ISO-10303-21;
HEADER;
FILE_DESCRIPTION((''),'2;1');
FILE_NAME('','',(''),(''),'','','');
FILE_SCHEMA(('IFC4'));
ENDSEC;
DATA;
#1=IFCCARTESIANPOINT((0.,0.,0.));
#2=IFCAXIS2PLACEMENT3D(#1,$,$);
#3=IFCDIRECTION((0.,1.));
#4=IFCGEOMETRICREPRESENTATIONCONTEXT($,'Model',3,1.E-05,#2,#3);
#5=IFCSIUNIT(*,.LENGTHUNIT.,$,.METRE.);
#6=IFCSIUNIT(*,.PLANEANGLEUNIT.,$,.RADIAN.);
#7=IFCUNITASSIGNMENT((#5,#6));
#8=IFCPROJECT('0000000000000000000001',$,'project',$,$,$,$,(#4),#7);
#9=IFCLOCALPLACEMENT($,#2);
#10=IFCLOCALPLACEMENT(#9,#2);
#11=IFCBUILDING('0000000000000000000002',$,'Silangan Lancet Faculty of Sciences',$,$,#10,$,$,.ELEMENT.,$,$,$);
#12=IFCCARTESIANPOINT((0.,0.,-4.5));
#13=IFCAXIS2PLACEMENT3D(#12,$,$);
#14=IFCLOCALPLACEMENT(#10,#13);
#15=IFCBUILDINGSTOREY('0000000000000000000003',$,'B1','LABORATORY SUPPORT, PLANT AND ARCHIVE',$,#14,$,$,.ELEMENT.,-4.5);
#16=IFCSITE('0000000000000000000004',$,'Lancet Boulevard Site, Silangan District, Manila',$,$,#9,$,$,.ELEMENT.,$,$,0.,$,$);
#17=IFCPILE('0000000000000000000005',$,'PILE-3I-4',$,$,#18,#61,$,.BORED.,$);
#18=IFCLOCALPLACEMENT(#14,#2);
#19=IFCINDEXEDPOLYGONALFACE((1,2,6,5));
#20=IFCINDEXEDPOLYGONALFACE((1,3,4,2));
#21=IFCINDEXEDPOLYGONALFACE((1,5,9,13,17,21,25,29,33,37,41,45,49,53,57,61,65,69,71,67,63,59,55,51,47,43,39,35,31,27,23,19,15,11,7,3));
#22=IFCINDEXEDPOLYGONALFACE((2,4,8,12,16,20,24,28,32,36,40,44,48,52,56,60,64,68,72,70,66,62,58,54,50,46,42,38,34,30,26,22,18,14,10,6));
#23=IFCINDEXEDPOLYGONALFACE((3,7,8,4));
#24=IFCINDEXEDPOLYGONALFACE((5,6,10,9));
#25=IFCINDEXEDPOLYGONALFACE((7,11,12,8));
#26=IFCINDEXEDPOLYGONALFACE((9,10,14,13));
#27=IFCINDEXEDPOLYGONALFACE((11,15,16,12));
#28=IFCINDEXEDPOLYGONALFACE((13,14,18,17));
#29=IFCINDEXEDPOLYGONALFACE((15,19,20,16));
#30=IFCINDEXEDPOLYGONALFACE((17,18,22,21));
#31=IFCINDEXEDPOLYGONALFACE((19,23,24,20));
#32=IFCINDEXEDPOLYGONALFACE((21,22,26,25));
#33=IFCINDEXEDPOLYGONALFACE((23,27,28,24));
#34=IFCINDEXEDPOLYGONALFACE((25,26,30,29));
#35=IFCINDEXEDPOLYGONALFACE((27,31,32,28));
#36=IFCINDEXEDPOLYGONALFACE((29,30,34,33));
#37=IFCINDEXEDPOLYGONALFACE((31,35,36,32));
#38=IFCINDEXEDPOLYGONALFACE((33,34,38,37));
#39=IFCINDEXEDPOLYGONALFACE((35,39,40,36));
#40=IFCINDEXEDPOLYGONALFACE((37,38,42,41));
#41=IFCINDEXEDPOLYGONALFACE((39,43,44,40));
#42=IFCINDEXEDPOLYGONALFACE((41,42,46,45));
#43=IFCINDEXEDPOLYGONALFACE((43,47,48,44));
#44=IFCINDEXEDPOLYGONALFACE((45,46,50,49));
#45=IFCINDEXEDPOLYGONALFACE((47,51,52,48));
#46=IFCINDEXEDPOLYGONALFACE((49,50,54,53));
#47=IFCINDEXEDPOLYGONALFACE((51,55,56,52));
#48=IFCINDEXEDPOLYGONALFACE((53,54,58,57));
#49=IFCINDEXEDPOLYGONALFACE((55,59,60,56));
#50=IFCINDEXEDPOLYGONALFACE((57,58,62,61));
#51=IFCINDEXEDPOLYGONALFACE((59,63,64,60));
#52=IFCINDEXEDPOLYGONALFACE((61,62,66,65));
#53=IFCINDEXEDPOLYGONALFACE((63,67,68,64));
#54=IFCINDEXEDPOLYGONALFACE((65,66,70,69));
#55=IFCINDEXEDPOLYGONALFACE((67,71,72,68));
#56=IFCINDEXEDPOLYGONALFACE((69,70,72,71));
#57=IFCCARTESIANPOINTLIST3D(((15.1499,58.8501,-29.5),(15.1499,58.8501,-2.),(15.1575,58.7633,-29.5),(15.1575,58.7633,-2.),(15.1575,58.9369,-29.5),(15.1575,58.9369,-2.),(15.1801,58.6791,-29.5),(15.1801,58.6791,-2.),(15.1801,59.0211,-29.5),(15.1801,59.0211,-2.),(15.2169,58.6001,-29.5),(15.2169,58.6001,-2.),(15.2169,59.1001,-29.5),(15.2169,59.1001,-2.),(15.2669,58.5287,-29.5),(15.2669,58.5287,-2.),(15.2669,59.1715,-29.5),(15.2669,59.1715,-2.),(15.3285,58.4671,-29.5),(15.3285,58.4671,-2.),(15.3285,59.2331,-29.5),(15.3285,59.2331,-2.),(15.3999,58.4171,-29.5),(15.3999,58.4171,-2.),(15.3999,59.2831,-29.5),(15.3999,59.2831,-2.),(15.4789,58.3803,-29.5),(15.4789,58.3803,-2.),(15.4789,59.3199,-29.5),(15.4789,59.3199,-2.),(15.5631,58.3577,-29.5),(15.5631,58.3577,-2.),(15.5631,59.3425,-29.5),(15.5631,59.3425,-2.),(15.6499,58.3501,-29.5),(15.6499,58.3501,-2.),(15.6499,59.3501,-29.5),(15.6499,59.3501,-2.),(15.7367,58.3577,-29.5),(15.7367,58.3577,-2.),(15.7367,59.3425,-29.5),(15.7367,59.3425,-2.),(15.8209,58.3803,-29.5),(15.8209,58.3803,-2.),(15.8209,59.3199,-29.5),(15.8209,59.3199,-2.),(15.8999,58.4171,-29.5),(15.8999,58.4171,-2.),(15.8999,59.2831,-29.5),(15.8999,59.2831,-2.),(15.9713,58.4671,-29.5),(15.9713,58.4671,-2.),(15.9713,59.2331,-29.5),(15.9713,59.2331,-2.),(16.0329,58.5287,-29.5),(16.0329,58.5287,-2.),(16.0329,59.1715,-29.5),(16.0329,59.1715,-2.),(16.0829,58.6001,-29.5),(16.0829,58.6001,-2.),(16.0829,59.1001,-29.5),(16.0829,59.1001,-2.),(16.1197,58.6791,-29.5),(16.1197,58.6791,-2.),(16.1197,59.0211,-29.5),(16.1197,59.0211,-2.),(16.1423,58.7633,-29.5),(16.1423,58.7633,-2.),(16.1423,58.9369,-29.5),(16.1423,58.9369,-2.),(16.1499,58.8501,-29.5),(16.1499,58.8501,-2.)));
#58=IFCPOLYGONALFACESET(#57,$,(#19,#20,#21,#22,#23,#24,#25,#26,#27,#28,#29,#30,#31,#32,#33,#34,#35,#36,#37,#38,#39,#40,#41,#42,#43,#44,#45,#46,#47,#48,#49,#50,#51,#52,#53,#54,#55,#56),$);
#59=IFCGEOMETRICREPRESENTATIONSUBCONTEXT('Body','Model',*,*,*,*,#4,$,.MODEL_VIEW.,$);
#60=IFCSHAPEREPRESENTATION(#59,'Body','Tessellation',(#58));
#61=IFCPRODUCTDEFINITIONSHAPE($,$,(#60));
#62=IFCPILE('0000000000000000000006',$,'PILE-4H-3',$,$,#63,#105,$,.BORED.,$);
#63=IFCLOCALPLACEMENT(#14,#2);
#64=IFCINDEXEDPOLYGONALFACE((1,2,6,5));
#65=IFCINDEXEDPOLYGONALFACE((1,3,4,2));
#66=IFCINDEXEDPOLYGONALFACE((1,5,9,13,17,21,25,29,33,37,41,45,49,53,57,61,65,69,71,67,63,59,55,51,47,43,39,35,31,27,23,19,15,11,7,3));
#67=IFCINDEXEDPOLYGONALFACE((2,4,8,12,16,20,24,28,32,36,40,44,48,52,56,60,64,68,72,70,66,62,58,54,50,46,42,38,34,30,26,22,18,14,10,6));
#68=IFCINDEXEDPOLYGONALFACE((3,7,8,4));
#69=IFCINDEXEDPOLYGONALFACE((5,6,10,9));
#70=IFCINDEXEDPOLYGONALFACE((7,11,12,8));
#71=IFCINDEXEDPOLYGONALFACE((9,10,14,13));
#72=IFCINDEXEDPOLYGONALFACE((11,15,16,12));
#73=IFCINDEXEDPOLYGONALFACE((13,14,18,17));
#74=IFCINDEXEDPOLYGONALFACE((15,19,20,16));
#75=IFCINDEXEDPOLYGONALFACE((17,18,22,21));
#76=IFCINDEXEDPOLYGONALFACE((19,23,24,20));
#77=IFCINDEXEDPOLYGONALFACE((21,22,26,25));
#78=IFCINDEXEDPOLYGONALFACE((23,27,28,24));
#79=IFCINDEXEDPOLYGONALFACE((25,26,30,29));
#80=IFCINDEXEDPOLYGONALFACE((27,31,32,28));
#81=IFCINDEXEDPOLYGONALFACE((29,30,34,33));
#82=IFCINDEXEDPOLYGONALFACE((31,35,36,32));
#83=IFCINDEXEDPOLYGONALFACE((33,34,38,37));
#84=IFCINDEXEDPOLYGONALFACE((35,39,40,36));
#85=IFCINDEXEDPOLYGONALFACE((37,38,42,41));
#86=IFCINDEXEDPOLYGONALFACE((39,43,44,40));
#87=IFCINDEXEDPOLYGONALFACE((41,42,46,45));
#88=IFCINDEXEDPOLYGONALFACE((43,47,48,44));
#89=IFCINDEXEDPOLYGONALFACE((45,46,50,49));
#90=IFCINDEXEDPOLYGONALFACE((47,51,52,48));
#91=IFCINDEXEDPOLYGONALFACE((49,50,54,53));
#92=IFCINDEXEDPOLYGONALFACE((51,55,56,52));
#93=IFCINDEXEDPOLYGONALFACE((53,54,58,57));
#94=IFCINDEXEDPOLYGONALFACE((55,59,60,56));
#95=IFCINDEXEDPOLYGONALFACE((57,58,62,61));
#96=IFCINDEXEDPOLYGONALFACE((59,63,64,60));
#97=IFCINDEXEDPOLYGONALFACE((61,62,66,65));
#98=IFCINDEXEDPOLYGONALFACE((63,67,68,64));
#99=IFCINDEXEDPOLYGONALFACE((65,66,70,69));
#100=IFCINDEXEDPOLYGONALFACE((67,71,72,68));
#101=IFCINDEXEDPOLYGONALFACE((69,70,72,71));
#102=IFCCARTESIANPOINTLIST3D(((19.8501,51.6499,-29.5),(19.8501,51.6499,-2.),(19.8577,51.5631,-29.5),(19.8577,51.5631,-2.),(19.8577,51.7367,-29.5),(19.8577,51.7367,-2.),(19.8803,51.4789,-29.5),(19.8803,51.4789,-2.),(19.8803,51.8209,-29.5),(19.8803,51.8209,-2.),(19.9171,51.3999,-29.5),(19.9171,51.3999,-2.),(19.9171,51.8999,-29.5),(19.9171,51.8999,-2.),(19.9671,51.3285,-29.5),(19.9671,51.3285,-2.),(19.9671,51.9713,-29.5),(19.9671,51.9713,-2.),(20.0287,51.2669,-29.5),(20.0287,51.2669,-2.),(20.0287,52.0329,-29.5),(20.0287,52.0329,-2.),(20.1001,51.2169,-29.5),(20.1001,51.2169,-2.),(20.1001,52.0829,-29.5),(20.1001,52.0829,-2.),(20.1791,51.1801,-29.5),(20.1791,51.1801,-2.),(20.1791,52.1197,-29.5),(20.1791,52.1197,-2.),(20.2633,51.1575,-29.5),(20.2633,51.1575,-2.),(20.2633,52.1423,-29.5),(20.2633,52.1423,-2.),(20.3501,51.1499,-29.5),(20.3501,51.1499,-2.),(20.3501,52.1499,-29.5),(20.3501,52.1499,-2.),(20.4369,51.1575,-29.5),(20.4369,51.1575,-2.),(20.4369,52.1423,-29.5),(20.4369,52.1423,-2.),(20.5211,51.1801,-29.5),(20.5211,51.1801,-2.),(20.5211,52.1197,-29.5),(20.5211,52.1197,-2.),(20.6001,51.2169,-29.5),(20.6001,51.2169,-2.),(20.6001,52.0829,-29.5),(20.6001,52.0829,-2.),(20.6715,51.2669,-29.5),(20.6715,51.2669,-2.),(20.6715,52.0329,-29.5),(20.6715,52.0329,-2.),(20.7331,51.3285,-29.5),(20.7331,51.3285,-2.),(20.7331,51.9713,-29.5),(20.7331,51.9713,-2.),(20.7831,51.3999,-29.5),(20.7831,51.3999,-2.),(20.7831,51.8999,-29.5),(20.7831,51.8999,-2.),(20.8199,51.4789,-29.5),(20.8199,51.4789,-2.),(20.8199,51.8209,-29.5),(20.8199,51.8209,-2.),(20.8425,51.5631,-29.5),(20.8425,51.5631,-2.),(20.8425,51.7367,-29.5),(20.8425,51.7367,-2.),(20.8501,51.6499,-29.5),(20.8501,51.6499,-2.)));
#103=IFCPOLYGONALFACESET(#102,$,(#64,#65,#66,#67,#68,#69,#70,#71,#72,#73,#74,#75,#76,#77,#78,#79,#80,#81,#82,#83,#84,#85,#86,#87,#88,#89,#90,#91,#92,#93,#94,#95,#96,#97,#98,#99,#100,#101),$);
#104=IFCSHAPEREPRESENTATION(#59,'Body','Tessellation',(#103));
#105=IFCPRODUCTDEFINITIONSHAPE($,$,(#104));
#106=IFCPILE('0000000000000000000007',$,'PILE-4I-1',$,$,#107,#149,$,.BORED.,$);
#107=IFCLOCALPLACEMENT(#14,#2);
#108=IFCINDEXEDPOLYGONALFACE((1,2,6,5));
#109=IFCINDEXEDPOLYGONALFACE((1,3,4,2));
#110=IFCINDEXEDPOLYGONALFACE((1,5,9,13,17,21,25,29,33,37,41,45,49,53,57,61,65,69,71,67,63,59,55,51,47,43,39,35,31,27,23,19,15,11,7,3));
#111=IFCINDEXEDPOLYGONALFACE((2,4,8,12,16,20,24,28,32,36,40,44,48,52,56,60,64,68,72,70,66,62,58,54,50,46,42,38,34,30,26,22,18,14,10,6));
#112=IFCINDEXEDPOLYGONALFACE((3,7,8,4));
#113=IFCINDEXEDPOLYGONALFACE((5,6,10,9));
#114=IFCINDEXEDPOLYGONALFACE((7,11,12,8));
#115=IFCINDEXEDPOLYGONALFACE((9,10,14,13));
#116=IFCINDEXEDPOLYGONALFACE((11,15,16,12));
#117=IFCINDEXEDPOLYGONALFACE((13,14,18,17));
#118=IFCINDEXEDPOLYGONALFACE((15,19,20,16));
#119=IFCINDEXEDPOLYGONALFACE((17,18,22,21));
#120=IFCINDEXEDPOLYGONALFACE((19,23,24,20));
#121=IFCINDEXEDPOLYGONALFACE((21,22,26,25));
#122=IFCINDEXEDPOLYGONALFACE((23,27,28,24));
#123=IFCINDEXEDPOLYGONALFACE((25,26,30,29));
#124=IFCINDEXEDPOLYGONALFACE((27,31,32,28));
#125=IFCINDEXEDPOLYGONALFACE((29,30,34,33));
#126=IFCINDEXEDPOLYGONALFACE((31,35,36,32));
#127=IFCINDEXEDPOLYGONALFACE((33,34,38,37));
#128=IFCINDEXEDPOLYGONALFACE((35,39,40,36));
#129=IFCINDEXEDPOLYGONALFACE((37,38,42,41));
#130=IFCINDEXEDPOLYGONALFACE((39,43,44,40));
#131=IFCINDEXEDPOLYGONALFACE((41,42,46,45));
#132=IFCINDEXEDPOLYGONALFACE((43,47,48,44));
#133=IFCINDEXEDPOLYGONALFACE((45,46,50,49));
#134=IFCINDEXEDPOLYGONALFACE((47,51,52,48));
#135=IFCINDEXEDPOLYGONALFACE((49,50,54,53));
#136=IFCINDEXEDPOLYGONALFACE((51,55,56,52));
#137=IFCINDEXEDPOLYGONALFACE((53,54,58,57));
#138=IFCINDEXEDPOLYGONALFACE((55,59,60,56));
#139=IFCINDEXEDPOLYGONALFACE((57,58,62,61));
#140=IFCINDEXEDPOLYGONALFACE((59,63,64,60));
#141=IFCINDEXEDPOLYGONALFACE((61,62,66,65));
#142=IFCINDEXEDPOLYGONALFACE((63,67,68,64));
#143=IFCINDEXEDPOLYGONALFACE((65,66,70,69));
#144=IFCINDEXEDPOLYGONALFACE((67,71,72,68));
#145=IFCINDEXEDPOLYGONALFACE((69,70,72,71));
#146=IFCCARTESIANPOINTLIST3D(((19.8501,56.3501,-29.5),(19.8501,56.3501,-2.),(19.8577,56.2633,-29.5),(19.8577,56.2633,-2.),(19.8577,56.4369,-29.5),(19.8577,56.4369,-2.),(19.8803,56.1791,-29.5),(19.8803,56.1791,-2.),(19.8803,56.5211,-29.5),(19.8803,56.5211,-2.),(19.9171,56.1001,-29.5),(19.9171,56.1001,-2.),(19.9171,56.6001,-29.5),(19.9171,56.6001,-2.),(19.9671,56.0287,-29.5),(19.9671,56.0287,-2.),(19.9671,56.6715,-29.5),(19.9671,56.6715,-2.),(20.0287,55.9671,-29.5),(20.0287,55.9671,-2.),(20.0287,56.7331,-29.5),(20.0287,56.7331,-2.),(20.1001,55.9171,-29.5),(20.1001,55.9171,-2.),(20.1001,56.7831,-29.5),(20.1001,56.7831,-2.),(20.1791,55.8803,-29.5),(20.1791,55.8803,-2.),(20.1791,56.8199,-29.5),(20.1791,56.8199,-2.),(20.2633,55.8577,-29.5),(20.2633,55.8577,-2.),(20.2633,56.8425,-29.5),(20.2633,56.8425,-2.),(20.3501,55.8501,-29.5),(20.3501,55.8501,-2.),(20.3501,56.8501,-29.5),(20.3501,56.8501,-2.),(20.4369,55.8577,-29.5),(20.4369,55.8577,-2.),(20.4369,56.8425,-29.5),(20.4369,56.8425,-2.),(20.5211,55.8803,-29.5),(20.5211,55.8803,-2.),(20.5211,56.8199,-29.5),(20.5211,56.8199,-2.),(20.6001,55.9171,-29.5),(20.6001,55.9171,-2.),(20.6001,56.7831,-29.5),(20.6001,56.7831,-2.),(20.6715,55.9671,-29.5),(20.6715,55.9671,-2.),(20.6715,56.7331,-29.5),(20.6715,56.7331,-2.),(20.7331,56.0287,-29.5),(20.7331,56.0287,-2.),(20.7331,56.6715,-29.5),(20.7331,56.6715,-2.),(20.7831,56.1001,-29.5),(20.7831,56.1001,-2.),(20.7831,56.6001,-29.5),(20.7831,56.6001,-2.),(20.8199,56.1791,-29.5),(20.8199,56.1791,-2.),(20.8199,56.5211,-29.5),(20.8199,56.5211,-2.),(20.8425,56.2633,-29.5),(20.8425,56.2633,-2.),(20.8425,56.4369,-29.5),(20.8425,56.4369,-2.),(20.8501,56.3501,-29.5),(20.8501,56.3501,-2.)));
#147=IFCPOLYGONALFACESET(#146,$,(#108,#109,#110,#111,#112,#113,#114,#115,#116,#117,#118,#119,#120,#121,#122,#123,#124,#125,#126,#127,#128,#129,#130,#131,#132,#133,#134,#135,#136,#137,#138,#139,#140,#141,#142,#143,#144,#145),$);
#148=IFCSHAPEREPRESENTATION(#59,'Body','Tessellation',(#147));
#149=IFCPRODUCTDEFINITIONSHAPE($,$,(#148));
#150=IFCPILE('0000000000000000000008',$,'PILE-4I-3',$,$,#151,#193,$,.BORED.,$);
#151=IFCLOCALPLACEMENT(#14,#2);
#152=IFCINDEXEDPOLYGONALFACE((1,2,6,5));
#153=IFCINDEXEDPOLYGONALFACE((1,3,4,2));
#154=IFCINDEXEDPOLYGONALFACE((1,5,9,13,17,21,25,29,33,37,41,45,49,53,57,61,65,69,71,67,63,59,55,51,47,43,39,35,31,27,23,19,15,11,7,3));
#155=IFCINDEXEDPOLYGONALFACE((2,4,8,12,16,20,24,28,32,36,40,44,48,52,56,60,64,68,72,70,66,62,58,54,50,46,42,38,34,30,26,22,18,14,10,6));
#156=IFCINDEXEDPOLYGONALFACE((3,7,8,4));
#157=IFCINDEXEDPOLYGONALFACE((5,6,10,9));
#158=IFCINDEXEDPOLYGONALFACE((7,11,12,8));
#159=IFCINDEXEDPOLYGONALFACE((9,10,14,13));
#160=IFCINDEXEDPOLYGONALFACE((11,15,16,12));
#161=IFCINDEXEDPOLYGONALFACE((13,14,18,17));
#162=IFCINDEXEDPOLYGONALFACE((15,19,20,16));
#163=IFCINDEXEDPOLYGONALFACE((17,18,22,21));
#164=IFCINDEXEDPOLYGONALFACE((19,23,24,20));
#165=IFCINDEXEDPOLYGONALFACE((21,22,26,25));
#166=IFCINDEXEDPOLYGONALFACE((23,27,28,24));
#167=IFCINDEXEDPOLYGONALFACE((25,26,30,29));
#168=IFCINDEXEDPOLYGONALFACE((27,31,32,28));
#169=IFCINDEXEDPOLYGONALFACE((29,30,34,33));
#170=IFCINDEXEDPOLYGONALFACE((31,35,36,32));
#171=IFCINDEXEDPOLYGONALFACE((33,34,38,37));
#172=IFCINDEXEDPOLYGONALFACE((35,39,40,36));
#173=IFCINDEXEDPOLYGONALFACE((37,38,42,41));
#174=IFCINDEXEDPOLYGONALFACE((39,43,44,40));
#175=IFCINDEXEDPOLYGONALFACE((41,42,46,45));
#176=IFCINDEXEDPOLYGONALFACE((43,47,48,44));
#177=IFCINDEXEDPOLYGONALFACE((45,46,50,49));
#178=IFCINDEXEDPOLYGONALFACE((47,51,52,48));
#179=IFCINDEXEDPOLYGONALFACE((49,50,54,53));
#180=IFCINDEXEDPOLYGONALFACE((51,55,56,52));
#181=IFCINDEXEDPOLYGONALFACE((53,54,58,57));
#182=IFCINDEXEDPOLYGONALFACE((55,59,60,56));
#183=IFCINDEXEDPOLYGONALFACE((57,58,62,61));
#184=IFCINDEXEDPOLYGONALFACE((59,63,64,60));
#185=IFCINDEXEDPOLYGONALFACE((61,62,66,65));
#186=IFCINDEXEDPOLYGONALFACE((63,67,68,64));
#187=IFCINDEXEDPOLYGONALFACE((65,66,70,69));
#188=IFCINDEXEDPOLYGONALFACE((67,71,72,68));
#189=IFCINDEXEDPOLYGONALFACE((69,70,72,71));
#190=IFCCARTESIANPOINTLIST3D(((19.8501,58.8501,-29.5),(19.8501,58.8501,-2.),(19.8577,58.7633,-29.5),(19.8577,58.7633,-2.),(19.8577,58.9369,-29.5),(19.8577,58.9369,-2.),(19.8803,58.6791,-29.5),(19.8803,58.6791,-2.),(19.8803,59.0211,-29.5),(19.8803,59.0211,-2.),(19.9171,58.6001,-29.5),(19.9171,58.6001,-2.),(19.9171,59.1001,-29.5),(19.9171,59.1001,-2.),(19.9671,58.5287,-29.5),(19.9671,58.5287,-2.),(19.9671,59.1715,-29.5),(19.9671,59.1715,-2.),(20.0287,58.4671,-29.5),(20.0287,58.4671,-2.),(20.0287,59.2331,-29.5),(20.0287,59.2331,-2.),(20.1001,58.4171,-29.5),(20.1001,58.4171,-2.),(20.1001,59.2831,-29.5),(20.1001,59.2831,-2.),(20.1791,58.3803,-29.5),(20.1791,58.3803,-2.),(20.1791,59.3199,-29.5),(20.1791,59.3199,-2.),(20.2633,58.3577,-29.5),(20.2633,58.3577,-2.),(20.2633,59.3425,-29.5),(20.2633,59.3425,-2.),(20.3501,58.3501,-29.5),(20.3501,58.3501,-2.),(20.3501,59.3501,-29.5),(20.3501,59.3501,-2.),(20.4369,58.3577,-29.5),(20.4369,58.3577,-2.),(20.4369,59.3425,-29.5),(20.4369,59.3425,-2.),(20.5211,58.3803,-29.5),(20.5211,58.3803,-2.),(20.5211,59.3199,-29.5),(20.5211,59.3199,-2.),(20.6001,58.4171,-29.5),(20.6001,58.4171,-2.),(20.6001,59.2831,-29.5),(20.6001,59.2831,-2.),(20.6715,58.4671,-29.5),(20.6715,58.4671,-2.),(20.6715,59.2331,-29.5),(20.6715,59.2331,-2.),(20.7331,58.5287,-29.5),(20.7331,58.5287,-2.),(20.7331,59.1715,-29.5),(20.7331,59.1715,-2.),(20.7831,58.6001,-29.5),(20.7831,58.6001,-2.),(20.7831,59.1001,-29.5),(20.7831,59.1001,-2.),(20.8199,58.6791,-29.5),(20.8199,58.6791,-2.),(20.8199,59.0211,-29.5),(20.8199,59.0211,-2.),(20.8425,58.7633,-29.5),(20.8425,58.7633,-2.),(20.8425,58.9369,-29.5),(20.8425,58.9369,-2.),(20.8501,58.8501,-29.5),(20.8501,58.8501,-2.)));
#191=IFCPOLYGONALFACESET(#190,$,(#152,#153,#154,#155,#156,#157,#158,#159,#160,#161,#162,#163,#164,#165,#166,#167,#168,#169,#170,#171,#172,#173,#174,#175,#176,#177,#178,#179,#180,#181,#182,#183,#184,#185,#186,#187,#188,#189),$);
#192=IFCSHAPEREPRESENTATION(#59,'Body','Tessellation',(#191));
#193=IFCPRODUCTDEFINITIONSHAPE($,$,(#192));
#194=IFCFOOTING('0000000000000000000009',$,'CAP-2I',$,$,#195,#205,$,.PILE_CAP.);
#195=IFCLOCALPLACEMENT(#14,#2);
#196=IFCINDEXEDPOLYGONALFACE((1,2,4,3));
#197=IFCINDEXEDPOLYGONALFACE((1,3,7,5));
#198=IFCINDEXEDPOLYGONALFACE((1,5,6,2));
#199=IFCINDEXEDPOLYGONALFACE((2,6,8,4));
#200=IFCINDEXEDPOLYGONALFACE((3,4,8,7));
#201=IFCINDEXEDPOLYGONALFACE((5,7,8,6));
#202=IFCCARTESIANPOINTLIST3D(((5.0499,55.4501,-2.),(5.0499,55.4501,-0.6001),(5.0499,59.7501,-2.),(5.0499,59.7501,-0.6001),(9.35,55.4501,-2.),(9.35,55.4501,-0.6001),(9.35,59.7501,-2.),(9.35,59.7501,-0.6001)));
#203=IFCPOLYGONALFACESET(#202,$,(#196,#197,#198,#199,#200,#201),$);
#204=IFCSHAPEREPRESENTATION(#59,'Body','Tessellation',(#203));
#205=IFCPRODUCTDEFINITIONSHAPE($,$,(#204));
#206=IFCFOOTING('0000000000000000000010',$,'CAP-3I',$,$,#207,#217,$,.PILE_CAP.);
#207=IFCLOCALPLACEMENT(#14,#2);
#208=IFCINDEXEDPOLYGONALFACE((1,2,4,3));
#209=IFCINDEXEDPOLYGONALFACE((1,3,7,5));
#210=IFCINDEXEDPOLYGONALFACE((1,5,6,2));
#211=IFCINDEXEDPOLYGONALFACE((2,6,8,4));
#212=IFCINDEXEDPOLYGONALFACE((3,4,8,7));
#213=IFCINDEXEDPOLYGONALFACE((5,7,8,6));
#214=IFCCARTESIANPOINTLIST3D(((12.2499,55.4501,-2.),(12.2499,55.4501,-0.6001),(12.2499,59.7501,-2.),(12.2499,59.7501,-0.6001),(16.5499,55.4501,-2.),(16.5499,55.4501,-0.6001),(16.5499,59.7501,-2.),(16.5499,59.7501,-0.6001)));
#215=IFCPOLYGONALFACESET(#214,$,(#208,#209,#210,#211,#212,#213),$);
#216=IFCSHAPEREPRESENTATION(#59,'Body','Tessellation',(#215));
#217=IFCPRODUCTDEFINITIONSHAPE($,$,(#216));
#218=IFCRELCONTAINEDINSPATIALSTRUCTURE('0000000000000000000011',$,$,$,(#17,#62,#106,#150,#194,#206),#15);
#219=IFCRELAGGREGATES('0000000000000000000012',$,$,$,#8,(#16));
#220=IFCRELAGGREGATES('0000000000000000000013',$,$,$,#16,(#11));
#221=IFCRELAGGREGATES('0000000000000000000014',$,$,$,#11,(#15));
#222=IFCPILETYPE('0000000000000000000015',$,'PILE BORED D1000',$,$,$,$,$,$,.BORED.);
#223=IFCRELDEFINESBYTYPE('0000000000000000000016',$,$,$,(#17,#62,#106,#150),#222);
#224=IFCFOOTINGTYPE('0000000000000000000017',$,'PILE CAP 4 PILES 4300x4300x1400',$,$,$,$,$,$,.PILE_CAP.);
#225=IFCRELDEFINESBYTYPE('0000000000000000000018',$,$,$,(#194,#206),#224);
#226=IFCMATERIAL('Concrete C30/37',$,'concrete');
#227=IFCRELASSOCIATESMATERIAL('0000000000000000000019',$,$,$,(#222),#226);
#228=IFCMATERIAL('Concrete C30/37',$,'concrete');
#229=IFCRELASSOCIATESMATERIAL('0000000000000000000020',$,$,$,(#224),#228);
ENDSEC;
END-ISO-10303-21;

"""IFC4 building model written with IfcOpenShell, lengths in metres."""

from ifc_helpers import new_model, si_unit, direction, frame, origin, origin_2d, place, context, subcontext, project, spatial, rectangle, circle, extrude, material, material_profile, profile_set, type_object, element, save


model = new_model("IFC4")

# Units and contexts
model_context = context("Model", 3, precision=1e-05, world=origin(), true_north=direction((0.0, 1.0)))
body_context = subcontext(model_context, "Body", "Model", "MODEL_VIEW")
ifc_project = project(units=[si_unit("LENGTHUNIT", "METRE"), si_unit("PLANEANGLEUNIT", "RADIAN")], contexts=[model_context])

# Site, building, storey
site_placement = place(None, origin())
site = spatial("IfcSite", under=ifc_project, at=site_placement, Name="Lancet Boulevard Site, Silangan District, Manila", CompositionType="ELEMENT", RefElevation=0.0)
building_placement = place(site_placement, origin())
building = spatial("IfcBuilding", under=site, at=building_placement, Name="Silangan Lancet Faculty of Sciences", CompositionType="ELEMENT")
storey_placement = place(building_placement, frame((0.0, 0.0, -4.5)))
storey = spatial("IfcBuildingStorey", under=building, at=storey_placement, Name="B1", Description="LABORATORY SUPPORT, PLANT AND ARCHIVE", CompositionType="ELEMENT", Elevation=-4.5)

# Piles
ifc_material_1 = material(Name="Concrete C30/37", Category="concrete")
ifc_material_profile_1 = material_profile(ifc_material_1, circle(Radius=0.5, at=origin_2d()), Name="BORED PILE D1000")
ifc_profile_set_1 = profile_set([ifc_material_profile_1], Name="Concrete C30/37")
pile_type = type_object("IfcPileType", Name="PILE BORED D1000", PredefinedType="BORED", material=ifc_profile_set_1)
for number, where, z_axis, x_axis, name in (
    (1, (15.6499, 58.8501, -2.0), (0.0, 0.0, -1.0), (1.0, 0.0, 0.0), "PILE-3I-4"),
    (2, (20.3501, 51.6499, -2.0), (0.0, 0.0, -1.0), (1.0, 0.0, 0.0), "PILE-4H-3"),
    (3, (20.3501, 56.3501, -2.0), (0.0, 0.0, -1.0), (1.0, 0.0, 0.0), "PILE-4I-1"),
    (4, (20.3501, 58.8501, -2.0), (0.0, 0.0, -1.0), (1.0, 0.0, 0.0), "PILE-4I-3"),
):
    element("IfcPile", number, at=place(storey_placement, frame(where, z_axis=z_axis, x_axis=x_axis)), inside=storey, type_object=pile_type, Name=name, PredefinedType="BORED", context=body_context, shape_type="SweptSolid", body=[
        extrude(circle(Radius=0.5, at=origin_2d()), origin(), (0.0, 0.0, 1.0), 27.5),
    ])

# Footings
ifc_material_2 = material(Name="Concrete C30/37", Category="concrete")
footing_type_1 = type_object("IfcFootingType", Name="PILE CAP 4 PILES 4300x4300x1400", PredefinedType="PILE_CAP", material=ifc_material_2)
for number, where, z_axis, x_axis, name in (
    (5, (7.2, 57.6001, -2.0), (0.0, 0.0, 1.0), (1.0, 0.0, 0.0), "CAP-2I"),
    (6, (14.3999, 57.6001, -2.0), (0.0, 0.0, 1.0), (1.0, 0.0, 0.0), "CAP-3I"),
):
    element("IfcFooting", number, at=place(storey_placement, frame(where, z_axis=z_axis, x_axis=x_axis)), inside=storey, type_object=footing_type_1, Name=name, PredefinedType="PILE_CAP", context=body_context, shape_type="SweptSolid", body=[
        extrude(rectangle(XDim=4.3, YDim=4.3, at=origin_2d()), origin(), (0.0, 0.0, 1.0), 1.3999),
    ])

save(model, "model.ifc")
